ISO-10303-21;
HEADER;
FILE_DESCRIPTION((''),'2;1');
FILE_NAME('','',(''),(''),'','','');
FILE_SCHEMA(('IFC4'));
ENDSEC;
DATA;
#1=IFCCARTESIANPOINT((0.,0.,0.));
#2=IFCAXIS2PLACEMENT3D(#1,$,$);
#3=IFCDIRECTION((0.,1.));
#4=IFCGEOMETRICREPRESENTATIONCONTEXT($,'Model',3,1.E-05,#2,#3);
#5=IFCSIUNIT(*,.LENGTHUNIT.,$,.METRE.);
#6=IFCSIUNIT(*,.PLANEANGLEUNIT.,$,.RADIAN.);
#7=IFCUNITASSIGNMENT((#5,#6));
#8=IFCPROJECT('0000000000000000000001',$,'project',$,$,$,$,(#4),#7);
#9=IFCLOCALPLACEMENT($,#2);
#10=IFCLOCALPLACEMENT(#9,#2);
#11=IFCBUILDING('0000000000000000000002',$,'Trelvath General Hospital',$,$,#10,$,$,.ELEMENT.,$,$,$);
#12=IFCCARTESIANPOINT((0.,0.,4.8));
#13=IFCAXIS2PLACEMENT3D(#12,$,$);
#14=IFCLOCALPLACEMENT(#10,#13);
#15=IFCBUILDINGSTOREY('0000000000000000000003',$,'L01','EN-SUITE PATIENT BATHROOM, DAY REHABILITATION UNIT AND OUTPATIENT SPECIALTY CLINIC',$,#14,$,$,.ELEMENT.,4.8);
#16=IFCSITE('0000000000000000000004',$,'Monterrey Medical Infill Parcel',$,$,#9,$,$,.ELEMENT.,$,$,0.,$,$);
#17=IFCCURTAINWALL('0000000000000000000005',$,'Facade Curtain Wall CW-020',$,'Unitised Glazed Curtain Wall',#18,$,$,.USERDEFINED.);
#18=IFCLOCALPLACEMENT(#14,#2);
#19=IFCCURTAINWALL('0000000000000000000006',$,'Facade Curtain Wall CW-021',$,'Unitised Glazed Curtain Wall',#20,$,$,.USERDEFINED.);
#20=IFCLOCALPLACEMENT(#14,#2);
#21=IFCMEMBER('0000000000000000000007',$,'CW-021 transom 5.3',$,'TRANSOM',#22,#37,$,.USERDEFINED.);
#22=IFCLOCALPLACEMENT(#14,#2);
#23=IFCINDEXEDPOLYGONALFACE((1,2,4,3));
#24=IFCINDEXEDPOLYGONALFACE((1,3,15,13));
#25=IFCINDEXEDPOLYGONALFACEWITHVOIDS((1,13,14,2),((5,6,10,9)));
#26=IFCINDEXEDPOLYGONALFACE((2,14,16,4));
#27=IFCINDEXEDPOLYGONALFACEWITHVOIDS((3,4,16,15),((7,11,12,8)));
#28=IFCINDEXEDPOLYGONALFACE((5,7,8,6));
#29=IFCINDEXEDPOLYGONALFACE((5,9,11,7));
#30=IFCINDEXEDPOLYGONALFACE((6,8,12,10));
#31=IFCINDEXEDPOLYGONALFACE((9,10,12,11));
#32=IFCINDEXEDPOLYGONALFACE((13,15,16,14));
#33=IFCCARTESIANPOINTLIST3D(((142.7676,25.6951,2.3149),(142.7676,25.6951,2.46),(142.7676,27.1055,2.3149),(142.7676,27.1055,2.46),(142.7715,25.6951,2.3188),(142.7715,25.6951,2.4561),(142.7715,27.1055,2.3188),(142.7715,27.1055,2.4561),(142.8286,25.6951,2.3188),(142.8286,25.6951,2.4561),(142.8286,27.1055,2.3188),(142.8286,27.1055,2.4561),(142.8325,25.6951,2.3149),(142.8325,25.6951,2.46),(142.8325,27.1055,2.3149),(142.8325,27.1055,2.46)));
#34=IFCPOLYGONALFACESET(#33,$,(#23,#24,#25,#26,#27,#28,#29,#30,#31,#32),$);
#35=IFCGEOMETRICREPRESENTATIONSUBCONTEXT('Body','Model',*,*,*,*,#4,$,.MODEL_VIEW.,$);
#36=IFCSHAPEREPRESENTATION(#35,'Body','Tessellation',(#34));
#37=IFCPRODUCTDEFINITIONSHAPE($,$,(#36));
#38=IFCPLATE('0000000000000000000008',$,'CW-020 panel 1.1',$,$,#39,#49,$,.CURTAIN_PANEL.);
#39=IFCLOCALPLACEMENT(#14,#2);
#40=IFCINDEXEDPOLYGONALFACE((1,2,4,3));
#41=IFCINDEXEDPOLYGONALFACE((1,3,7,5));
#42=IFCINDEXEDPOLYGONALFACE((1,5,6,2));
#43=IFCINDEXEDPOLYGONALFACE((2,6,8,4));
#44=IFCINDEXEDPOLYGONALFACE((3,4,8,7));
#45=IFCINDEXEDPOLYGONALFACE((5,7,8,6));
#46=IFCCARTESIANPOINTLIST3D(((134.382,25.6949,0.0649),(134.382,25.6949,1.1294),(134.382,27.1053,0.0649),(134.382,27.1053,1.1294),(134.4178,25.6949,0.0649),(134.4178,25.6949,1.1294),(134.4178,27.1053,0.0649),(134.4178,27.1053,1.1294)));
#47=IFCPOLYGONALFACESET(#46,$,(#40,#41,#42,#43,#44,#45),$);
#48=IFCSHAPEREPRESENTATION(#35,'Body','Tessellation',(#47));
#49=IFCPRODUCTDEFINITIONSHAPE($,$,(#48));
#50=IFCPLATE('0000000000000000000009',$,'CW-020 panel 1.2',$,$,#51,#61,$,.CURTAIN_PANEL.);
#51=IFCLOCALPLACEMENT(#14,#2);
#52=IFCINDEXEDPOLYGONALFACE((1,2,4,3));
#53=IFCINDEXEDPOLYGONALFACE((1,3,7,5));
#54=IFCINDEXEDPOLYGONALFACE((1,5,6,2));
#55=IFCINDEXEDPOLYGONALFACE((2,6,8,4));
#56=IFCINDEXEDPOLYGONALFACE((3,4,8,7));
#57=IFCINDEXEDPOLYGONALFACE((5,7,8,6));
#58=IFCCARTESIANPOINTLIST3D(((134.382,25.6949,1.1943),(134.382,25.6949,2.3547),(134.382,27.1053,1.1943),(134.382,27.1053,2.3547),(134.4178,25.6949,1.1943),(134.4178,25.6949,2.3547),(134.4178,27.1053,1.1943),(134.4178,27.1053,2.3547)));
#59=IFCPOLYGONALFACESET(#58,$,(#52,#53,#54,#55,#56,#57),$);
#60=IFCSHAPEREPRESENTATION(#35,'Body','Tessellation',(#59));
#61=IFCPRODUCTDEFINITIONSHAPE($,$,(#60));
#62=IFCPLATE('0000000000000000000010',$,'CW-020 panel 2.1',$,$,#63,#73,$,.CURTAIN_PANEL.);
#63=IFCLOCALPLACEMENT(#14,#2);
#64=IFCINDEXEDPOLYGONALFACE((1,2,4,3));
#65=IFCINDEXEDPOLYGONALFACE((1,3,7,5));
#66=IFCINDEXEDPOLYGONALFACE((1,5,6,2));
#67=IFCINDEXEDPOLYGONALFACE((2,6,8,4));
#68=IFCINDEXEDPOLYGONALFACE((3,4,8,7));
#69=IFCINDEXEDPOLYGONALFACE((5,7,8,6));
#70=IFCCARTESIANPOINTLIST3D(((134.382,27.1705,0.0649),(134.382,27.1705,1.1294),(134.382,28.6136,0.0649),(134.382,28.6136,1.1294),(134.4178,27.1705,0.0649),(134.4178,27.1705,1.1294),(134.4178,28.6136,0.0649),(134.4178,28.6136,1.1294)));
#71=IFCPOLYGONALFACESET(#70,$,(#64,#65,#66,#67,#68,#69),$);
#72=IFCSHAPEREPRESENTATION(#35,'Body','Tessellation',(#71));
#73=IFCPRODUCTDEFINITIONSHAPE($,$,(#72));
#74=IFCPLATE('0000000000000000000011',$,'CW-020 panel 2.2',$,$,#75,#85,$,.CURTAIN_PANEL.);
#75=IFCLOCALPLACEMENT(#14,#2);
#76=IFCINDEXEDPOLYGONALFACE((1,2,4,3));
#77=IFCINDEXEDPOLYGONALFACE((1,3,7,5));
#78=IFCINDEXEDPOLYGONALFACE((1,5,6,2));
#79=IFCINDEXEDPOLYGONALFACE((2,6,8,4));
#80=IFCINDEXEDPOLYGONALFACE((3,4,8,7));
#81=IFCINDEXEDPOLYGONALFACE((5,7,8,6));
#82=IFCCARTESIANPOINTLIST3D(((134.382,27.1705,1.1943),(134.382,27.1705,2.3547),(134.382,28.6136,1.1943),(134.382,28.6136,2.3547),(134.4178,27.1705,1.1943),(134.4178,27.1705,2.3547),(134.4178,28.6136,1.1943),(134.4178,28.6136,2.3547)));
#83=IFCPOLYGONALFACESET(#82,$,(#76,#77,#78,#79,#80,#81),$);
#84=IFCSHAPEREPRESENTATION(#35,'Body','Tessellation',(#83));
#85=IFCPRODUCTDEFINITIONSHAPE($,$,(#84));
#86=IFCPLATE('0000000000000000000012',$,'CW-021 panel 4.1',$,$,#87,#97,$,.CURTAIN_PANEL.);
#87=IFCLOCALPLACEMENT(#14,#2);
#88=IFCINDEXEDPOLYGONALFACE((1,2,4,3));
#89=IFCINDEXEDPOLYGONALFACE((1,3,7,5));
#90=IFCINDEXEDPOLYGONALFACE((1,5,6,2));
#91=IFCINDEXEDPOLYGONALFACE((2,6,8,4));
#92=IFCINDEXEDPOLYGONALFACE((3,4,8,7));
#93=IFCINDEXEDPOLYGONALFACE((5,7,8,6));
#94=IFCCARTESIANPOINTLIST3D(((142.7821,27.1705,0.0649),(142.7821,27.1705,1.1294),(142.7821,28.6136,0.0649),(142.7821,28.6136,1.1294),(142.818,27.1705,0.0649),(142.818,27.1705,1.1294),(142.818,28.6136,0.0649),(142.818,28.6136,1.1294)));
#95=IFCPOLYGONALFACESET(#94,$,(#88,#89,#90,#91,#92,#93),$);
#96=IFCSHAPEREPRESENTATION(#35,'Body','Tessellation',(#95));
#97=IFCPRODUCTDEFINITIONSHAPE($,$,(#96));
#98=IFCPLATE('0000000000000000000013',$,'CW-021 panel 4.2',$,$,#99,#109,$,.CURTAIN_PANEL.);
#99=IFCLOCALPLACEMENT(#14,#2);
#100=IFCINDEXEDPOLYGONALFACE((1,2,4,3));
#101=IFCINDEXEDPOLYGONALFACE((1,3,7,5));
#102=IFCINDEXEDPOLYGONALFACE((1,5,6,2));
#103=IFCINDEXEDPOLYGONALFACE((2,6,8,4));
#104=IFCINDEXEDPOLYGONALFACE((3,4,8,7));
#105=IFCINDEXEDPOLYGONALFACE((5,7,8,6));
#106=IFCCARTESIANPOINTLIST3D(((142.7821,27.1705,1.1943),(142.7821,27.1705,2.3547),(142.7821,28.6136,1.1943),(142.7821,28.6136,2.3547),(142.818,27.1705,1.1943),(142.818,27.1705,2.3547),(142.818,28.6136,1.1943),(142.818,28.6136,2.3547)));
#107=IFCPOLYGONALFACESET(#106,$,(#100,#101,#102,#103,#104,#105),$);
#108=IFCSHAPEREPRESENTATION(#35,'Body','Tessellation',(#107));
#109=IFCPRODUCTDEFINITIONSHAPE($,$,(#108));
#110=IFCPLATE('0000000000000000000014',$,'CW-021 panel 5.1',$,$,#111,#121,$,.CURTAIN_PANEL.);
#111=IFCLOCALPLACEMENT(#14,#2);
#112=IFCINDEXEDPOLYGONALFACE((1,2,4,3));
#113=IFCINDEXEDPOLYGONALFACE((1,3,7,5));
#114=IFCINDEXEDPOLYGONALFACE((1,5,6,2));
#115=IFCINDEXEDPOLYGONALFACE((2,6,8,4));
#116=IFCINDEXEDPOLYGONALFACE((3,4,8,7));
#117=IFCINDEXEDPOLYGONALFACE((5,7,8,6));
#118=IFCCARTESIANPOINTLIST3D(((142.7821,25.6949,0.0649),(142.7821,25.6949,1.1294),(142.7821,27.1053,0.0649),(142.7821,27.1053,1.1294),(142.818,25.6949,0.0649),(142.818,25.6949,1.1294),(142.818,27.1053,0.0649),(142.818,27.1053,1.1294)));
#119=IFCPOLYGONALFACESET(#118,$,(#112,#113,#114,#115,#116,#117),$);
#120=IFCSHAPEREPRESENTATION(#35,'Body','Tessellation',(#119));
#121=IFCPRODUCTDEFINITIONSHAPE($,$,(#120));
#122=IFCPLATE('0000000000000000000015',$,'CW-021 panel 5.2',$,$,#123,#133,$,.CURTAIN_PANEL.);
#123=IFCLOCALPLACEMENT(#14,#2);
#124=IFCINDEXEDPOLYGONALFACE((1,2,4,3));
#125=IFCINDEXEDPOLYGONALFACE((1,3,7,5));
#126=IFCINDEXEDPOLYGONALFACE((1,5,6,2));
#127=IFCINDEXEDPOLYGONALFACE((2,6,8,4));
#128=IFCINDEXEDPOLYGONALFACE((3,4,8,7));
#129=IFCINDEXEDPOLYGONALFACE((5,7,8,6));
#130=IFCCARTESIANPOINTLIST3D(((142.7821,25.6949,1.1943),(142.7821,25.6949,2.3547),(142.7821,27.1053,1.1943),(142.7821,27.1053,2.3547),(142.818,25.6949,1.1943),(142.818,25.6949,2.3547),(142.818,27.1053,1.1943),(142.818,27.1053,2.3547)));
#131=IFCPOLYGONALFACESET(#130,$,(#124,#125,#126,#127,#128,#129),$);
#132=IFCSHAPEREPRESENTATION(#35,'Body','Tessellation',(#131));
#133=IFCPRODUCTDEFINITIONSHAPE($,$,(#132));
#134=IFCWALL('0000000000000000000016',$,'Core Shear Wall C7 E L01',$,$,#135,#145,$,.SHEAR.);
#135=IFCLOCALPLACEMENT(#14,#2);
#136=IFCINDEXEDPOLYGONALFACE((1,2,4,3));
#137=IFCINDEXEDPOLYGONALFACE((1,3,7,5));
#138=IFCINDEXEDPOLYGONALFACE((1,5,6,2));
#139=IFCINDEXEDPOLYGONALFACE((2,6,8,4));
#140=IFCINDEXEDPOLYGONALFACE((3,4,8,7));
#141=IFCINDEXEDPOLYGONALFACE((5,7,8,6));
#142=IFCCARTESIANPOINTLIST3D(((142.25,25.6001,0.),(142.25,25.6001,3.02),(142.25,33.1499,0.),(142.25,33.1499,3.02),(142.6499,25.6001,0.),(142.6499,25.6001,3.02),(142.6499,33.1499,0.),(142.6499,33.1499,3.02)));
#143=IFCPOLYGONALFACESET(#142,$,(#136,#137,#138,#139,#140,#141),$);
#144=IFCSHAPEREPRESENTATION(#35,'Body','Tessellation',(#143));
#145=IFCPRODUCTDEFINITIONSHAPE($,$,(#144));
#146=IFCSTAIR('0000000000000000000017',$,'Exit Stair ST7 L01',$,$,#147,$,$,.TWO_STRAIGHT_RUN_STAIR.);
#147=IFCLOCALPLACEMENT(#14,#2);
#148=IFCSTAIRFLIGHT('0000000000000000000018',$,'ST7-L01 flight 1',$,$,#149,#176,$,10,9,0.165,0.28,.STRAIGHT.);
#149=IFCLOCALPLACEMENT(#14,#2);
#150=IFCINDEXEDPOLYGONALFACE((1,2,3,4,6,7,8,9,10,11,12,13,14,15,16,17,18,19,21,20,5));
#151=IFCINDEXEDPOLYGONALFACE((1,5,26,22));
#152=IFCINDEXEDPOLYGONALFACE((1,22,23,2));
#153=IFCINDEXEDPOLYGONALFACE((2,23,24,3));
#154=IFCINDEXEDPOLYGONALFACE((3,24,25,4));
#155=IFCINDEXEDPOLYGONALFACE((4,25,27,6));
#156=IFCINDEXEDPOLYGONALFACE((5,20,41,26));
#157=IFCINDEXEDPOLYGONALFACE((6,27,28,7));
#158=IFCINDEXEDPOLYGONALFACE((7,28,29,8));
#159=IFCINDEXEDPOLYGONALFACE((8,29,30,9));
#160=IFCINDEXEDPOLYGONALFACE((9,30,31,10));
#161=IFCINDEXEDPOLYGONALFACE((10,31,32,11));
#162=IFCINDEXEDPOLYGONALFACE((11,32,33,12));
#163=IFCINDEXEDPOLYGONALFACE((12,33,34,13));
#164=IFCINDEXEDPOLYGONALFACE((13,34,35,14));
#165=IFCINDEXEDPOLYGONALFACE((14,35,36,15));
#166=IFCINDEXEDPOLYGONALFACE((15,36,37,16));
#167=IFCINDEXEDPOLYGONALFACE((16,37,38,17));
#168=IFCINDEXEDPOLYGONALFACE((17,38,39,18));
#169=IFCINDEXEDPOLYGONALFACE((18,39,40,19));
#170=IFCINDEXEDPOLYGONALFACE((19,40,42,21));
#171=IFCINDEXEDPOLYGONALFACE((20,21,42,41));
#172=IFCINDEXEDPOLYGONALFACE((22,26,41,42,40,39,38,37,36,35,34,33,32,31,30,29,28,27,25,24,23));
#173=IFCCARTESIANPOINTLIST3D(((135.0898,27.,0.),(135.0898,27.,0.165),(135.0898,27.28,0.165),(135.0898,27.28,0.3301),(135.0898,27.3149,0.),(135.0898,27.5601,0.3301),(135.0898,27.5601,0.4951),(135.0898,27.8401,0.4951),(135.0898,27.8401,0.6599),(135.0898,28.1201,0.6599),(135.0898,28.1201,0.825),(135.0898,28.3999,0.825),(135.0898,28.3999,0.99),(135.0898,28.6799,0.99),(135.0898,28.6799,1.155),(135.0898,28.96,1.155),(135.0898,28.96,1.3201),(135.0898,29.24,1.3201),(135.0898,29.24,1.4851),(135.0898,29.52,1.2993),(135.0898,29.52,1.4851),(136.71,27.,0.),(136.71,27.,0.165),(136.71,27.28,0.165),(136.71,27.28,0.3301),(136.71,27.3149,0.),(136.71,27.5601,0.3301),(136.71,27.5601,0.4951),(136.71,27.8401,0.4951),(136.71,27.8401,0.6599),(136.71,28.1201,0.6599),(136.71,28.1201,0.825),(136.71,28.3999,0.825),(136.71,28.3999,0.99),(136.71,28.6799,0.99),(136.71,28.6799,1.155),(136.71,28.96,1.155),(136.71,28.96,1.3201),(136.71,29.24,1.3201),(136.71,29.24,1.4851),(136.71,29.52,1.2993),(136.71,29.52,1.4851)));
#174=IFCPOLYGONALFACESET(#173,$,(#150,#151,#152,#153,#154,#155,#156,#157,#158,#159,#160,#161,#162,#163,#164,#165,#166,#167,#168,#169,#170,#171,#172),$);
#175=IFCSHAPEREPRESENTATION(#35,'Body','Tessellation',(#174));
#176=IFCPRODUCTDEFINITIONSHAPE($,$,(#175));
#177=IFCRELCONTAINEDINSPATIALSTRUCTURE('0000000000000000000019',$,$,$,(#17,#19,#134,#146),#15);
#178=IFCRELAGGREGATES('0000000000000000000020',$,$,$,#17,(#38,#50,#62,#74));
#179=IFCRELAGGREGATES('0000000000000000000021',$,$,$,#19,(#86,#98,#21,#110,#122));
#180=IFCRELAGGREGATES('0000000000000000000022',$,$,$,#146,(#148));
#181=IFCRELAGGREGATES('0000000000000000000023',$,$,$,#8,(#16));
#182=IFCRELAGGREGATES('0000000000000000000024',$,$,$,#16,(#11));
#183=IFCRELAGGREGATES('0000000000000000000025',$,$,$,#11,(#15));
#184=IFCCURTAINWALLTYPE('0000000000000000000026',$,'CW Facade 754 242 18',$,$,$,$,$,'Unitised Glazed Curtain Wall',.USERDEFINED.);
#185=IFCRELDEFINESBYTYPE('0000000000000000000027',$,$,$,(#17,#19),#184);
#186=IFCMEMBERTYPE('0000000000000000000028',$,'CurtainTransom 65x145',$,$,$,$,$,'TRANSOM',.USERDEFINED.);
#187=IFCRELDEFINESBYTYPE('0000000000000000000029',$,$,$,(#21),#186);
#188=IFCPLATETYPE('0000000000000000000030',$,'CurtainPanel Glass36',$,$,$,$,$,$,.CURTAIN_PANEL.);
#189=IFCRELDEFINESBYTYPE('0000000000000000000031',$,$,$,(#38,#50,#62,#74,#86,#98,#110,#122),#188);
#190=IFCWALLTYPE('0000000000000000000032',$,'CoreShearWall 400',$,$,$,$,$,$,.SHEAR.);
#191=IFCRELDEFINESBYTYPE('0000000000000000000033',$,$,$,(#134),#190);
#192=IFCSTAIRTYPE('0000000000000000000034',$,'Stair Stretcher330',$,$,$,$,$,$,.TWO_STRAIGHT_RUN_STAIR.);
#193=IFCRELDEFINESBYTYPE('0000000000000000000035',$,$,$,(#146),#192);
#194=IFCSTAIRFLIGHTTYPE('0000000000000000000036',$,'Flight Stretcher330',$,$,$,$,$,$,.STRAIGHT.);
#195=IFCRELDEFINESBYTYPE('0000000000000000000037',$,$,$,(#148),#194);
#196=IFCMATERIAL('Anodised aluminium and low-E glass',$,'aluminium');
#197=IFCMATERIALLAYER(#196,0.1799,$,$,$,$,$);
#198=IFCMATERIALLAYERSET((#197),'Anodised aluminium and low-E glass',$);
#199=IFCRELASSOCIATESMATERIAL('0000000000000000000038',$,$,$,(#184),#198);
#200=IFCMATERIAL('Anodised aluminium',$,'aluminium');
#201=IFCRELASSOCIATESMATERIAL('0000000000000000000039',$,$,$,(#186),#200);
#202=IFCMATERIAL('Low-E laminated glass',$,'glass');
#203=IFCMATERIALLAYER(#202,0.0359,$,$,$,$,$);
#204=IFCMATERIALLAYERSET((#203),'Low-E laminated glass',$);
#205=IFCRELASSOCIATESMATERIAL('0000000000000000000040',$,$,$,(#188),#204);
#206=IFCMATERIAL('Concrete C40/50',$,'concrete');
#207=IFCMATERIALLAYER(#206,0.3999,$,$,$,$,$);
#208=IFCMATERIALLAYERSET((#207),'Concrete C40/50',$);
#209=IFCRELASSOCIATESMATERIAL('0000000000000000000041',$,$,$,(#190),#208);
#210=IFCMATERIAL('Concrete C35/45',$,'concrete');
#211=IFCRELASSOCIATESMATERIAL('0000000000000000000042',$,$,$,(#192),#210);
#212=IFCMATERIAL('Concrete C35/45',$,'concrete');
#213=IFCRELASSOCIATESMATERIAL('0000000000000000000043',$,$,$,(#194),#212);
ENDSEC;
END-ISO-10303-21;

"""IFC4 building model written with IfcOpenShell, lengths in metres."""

from ifc_helpers import new_model, si_unit, direction, frame, frame_2d, origin, origin_2d, place, context, subcontext, project, spatial, polyline, rectangle, hollow_rectangle, outline, extrude, material, layer, layer_set, material_profile, profile_set, type_object, element, aggregate, save


model = new_model("IFC4")

# Units and contexts
model_context = context("Model", 3, precision=1e-05, world=origin(), true_north=direction((0.0, 1.0)))
body_context = subcontext(model_context, "Body", "Model", "MODEL_VIEW")
ifc_project = project(units=[si_unit("LENGTHUNIT", "METRE"), si_unit("PLANEANGLEUNIT", "RADIAN")], contexts=[model_context])

# Site, building, storey
site_placement = place(None, origin())
site = spatial("IfcSite", under=ifc_project, at=site_placement, Name="Monterrey Medical Infill Parcel", CompositionType="ELEMENT", RefElevation=0.0)
building_placement = place(site_placement, origin())
building = spatial("IfcBuilding", under=site, at=building_placement, Name="Trelvath General Hospital", CompositionType="ELEMENT")
storey_placement = place(building_placement, frame((0.0, 0.0, 4.8)))
storey = spatial("IfcBuildingStorey", under=building, at=storey_placement, Name="L01", Description="EN-SUITE PATIENT BATHROOM, DAY REHABILITATION UNIT AND OUTPATIENT SPECIALTY CLINIC", CompositionType="ELEMENT", Elevation=4.8)

# Curtain walls
ifc_material_1 = material(Name="Anodised aluminium and low-E glass", Category="aluminium")
ifc_layer_1 = layer(ifc_material_1, 0.1799)
ifc_layer_set_1 = layer_set([ifc_layer_1], Name="Anodised aluminium and low-E glass")
curtain_wall_type = type_object("IfcCurtainWallType", Name="CW Facade 754 242 18", ElementType="Unitised Glazed Curtain Wall", PredefinedType="USERDEFINED", material=ifc_layer_set_1)
curtain_wall_1_placement = place(storey_placement, origin())
curtain_wall_1 = element("IfcCurtainWall", 1, at=curtain_wall_1_placement, inside=storey, type_object=curtain_wall_type, Name="Facade Curtain Wall CW-020", ObjectType="Unitised Glazed Curtain Wall", PredefinedType="USERDEFINED")
curtain_wall_2_placement = place(storey_placement, origin())
curtain_wall_2 = element("IfcCurtainWall", 2, at=curtain_wall_2_placement, inside=storey, type_object=curtain_wall_type, Name="Facade Curtain Wall CW-021", ObjectType="Unitised Glazed Curtain Wall", PredefinedType="USERDEFINED")

# Member
ifc_material_2 = material(Name="Anodised aluminium", Category="aluminium")
ifc_material_profile_1 = material_profile(ifc_material_2, hollow_rectangle(XDim=0.0649, YDim=0.145, WallThickness=0.0039, at=origin_2d()), Name="RHS65x145x4")
ifc_profile_set_1 = profile_set([ifc_material_profile_1], Name="Anodised aluminium")
member_type_1 = type_object("IfcMemberType", Name="CurtainTransom 65x145", ElementType="TRANSOM", PredefinedType="USERDEFINED", material=ifc_profile_set_1)
member_1_placement = place(storey_placement, frame((142.8, 27.1055, 2.3875), z_axis=(0.0, -1.0, 0.0), x_axis=(1.0, 0.0, 0.0)))
member_1 = element("IfcMember", 3, at=member_1_placement, type_object=member_type_1, Name="CW-021 transom 5.3", ObjectType="TRANSOM", PredefinedType="USERDEFINED", context=body_context, shape_type="SweptSolid", body=[
    extrude(hollow_rectangle(XDim=0.0649, YDim=0.145, WallThickness=0.0039, at=origin_2d()), origin(), (0.0, 0.0, 1.0), 1.4104),
])

# Plates
ifc_material_3 = material(Name="Low-E laminated glass", Category="glass")
ifc_layer_2 = layer(ifc_material_3, 0.0359)
ifc_layer_set_2 = layer_set([ifc_layer_2], Name="Low-E laminated glass")
plate_type = type_object("IfcPlateType", Name="CurtainPanel Glass36", PredefinedType="CURTAIN_PANEL", material=ifc_layer_set_2)
plate_1_placement = place(storey_placement, frame((134.3999, 26.4001, 0.0649), z_axis=(0.0, 0.0, 1.0), x_axis=(0.0, 1.0, 0.0)))
plate_1 = element("IfcPlate", 4, at=plate_1_placement, type_object=plate_type, Name="CW-020 panel 1.1", PredefinedType="CURTAIN_PANEL", context=body_context, shape_type="SweptSolid", body=[
    extrude(rectangle(XDim=1.4104, YDim=0.0359, at=origin_2d()), origin(), (0.0, 0.0, 1.0), 1.0645),
])
plate_2_placement = place(storey_placement, frame((134.3999, 26.4001, 1.1943), z_axis=(0.0, 0.0, 1.0), x_axis=(0.0, 1.0, 0.0)))
plate_2 = element("IfcPlate", 5, at=plate_2_placement, type_object=plate_type, Name="CW-020 panel 1.2", PredefinedType="CURTAIN_PANEL", context=body_context, shape_type="SweptSolid", body=[
    extrude(rectangle(XDim=1.4104, YDim=0.0359, at=origin_2d()), origin(), (0.0, 0.0, 1.0), 1.1604),
])
plate_3_placement = place(storey_placement, frame((134.3999, 27.8921, 0.0649), z_axis=(0.0, 0.0, 1.0), x_axis=(0.0, 1.0, 0.0)))
plate_3 = element("IfcPlate", 6, at=plate_3_placement, type_object=plate_type, Name="CW-020 panel 2.1", PredefinedType="CURTAIN_PANEL", context=body_context, shape_type="SweptSolid", body=[
    extrude(rectangle(XDim=1.4431, YDim=0.0359, at=origin_2d()), origin(), (0.0, 0.0, 1.0), 1.0645),
])
plate_4_placement = place(storey_placement, frame((134.3999, 27.8921, 1.1943), z_axis=(0.0, 0.0, 1.0), x_axis=(0.0, 1.0, 0.0)))
plate_4 = element("IfcPlate", 7, at=plate_4_placement, type_object=plate_type, Name="CW-020 panel 2.2", PredefinedType="CURTAIN_PANEL", context=body_context, shape_type="SweptSolid", body=[
    extrude(rectangle(XDim=1.4431, YDim=0.0359, at=origin_2d()), origin(), (0.0, 0.0, 1.0), 1.1604),
])
aggregate(curtain_wall_1, [plate_1, plate_2, plate_3, plate_4])
plate_5_placement = place(storey_placement, frame((142.8, 27.8921, 0.0649), z_axis=(0.0, 0.0, 1.0), x_axis=(0.0, -1.0, 0.0)))
plate_5 = element("IfcPlate", 8, at=plate_5_placement, type_object=plate_type, Name="CW-021 panel 4.1", PredefinedType="CURTAIN_PANEL", context=body_context, shape_type="SweptSolid", body=[
    extrude(rectangle(XDim=1.4431, YDim=0.0359, at=origin_2d()), origin(), (0.0, 0.0, 1.0), 1.0645),
])
plate_6_placement = place(storey_placement, frame((142.8, 27.8921, 1.1943), z_axis=(0.0, 0.0, 1.0), x_axis=(0.0, -1.0, 0.0)))
plate_6 = element("IfcPlate", 9, at=plate_6_placement, type_object=plate_type, Name="CW-021 panel 4.2", PredefinedType="CURTAIN_PANEL", context=body_context, shape_type="SweptSolid", body=[
    extrude(rectangle(XDim=1.4431, YDim=0.0359, at=origin_2d()), origin(), (0.0, 0.0, 1.0), 1.1604),
])
plate_7_placement = place(storey_placement, frame((142.8, 26.4001, 0.0649), z_axis=(0.0, 0.0, 1.0), x_axis=(0.0, -1.0, 0.0)))
plate_7 = element("IfcPlate", 10, at=plate_7_placement, type_object=plate_type, Name="CW-021 panel 5.1", PredefinedType="CURTAIN_PANEL", context=body_context, shape_type="SweptSolid", body=[
    extrude(rectangle(XDim=1.4104, YDim=0.0359, at=origin_2d()), origin(), (0.0, 0.0, 1.0), 1.0645),
])
plate_8_placement = place(storey_placement, frame((142.8, 26.4001, 1.1943), z_axis=(0.0, 0.0, 1.0), x_axis=(0.0, -1.0, 0.0)))
plate_8 = element("IfcPlate", 11, at=plate_8_placement, type_object=plate_type, Name="CW-021 panel 5.2", PredefinedType="CURTAIN_PANEL", context=body_context, shape_type="SweptSolid", body=[
    extrude(rectangle(XDim=1.4104, YDim=0.0359, at=origin_2d()), origin(), (0.0, 0.0, 1.0), 1.1604),
])
aggregate(curtain_wall_2, [plate_5, plate_6, member_1, plate_7, plate_8])

# Wall
ifc_material_4 = material(Name="Concrete C40/50", Category="concrete")
ifc_layer_3 = layer(ifc_material_4, 0.3999)
ifc_layer_set_3 = layer_set([ifc_layer_3], Name="Concrete C40/50")
wall_type = type_object("IfcWallType", Name="CoreShearWall 400", PredefinedType="SHEAR", material=ifc_layer_set_3)
wall_placement = place(storey_placement, frame((142.45, 25.6001, 0.0), z_axis=(0.0, 0.0, 1.0), x_axis=(0.0, 1.0, 0.0)))
element("IfcWall", 12, at=wall_placement, inside=storey, type_object=wall_type, Name="Core Shear Wall C7 E L01", PredefinedType="SHEAR", context=body_context, shape_type="SweptSolid", body=[
    extrude(rectangle(XDim=7.5498, YDim=0.3999, at=frame_2d((3.7749, 0.0))), origin(), (0.0, 0.0, 1.0), 3.02),
])

# Stair, stair flight
ifc_material_5 = material(Name="Concrete C35/45", Category="concrete")
stair_type = type_object("IfcStairType", Name="Stair Stretcher330", PredefinedType="TWO_STRAIGHT_RUN_STAIR", material=ifc_material_5)
stair_placement = place(storey_placement, origin())
stair = element("IfcStair", 13, at=stair_placement, inside=storey, type_object=stair_type, Name="Exit Stair ST7 L01", PredefinedType="TWO_STRAIGHT_RUN_STAIR")
ifc_material_6 = material(Name="Concrete C35/45", Category="concrete")
stair_flight_type = type_object("IfcStairFlightType", Name="Flight Stretcher330", PredefinedType="STRAIGHT", material=ifc_material_6)
stair_flight_placement = place(storey_placement, frame((135.8999, 27.0, 0.0), z_axis=(0.0, 0.0, 1.0), x_axis=(0.0, 1.0, 0.0)))
stair_flight = element("IfcStairFlight", 14, at=stair_flight_placement, type_object=stair_flight_type, Name="ST7-L01 flight 1", NumberOfRisers=10, NumberOfTreads=9, PredefinedType="STRAIGHT", RiserHeight=0.165, TreadLength=0.28, context=body_context, shape_type="SweptSolid", body=[
    extrude(outline(polyline([(0.0, 0.0), (0.0, 0.165), (0.28, 0.165), (0.28, 0.3301), (0.5601, 0.3301), (0.5601, 0.4951), (0.8401, 0.4951), (0.8401, 0.6599), (1.1201, 0.6599), (1.1201, 0.825), (1.3999, 0.825), (1.3999, 0.99), (1.6799, 0.99), (1.6799, 1.155), (1.96, 1.155), (1.96, 1.3201), (2.24, 1.3201), (2.24, 1.4851), (2.52, 1.4851), (2.52, 1.6499), (2.52, 1.2993), (0.3149, 0.0), (0.0, 0.0)])), frame((0.0, 0.8101, 0.0), z_axis=(0.0, -1.0, 0.0), x_axis=(1.0, 0.0, 0.0)), (0.0, 0.0, 1.0), 1.6201),
])
aggregate(stair, [stair_flight])

save(model, "model.ifc")
